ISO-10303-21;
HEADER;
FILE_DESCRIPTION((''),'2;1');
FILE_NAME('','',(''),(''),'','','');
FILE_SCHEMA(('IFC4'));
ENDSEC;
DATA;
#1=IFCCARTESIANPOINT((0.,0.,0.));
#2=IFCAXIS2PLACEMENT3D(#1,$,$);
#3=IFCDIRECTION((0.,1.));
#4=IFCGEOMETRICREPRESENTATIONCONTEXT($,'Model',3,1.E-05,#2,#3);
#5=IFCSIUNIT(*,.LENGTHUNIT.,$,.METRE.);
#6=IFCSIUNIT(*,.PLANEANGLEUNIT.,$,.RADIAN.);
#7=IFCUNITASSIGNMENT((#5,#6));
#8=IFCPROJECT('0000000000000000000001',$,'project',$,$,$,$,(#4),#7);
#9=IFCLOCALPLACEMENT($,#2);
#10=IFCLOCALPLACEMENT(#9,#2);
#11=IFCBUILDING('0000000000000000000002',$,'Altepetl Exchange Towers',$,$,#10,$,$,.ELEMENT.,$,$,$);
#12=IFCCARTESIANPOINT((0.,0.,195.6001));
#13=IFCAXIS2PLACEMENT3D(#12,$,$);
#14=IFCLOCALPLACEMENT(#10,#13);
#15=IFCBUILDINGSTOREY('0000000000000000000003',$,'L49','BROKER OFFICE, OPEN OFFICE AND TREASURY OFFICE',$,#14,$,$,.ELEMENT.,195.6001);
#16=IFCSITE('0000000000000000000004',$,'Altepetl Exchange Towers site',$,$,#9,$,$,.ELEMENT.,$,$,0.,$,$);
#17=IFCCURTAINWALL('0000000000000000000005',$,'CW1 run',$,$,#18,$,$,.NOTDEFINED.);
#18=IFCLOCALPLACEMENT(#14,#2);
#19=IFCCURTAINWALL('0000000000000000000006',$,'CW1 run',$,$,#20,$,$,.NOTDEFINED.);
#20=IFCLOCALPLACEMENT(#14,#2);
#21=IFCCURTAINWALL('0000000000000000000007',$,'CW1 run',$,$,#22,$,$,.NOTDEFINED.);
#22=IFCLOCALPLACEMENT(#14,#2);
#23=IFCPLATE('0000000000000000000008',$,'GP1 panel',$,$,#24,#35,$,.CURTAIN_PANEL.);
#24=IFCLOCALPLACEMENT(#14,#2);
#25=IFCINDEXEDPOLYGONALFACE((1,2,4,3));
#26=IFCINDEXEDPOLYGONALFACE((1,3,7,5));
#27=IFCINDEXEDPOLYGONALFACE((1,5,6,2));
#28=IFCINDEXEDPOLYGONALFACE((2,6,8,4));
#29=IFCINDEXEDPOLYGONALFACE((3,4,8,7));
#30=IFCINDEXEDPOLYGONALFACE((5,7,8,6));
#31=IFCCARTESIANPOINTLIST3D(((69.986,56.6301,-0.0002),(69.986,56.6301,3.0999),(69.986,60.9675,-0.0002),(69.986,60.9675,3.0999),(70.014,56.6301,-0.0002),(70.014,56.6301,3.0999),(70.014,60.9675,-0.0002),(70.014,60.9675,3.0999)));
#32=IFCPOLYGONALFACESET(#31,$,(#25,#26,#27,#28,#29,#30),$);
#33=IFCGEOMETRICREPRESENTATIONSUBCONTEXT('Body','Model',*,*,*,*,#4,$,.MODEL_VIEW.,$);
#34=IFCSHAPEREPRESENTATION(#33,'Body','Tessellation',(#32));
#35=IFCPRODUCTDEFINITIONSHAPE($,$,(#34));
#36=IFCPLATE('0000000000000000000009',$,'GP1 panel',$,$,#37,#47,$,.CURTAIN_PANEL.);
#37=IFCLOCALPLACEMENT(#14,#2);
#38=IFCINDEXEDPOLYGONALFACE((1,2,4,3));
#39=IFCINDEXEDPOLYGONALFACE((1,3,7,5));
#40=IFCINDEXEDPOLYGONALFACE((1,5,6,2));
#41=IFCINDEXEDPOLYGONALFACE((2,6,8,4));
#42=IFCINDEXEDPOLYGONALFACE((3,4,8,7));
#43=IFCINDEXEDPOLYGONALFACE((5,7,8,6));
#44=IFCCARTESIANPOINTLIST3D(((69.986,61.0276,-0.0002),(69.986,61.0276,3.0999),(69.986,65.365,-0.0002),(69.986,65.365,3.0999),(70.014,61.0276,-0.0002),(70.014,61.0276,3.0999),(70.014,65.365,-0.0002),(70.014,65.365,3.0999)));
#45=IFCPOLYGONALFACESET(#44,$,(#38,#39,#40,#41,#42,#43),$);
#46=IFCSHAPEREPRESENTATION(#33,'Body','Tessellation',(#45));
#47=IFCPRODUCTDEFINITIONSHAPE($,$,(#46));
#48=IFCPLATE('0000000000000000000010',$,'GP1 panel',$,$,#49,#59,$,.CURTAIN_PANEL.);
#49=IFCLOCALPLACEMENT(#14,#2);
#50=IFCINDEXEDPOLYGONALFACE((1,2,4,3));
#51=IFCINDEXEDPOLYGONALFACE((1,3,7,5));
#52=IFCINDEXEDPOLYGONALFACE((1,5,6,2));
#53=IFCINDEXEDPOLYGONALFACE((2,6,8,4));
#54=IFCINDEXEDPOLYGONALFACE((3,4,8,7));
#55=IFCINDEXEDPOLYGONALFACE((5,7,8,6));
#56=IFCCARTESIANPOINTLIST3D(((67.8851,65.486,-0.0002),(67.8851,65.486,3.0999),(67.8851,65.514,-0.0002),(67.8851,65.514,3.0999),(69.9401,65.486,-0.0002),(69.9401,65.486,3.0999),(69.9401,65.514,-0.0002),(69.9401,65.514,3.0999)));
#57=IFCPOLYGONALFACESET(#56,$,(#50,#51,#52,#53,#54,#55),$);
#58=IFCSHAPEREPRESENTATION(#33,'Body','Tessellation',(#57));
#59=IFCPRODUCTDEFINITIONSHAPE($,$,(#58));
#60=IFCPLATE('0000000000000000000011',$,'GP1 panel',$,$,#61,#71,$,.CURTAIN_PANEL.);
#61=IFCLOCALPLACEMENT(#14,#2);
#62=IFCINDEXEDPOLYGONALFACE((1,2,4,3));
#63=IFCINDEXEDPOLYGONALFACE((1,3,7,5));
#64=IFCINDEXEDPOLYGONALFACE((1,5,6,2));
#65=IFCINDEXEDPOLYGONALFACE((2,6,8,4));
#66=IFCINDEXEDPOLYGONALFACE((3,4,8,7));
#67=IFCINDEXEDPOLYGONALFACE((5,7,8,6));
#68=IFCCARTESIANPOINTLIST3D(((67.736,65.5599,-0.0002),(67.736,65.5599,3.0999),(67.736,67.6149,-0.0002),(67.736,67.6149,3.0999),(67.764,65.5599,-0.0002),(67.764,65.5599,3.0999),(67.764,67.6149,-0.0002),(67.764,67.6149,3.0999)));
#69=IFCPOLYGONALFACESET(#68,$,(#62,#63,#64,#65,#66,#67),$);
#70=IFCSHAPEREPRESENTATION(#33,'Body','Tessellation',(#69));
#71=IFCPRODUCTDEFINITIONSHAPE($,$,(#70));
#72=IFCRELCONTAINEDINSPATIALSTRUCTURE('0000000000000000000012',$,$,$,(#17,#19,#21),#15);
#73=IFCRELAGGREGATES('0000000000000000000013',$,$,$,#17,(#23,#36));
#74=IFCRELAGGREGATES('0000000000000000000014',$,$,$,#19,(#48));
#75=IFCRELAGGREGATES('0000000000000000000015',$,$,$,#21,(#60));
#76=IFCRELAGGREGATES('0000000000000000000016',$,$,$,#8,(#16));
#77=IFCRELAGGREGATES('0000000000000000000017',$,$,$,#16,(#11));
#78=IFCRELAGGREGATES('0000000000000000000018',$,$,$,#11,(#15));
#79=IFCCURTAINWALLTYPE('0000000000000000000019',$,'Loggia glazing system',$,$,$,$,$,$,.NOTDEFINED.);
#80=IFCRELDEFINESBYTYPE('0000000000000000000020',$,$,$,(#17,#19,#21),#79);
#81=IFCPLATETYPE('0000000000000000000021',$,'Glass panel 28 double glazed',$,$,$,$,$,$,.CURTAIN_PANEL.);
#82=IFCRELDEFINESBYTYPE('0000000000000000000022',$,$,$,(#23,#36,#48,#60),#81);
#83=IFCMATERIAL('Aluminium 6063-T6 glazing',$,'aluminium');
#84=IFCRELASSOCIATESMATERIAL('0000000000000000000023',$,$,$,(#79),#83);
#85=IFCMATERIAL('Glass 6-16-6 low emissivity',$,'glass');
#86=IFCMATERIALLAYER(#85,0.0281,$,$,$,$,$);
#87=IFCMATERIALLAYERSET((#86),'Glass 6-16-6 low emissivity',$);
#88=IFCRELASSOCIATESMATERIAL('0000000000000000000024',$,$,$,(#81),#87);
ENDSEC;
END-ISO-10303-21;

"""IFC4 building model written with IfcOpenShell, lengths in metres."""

from ifc_helpers import new_model, si_unit, direction, frame, origin, origin_2d, place, context, subcontext, project, spatial, rectangle, extrude, material, layer, layer_set, type_object, element, aggregate, save


model = new_model("IFC4")

# Units and contexts
model_context = context("Model", 3, precision=1e-05, world=origin(), true_north=direction((0.0, 1.0)))
body_context = subcontext(model_context, "Body", "Model", "MODEL_VIEW")
ifc_project = project(units=[si_unit("LENGTHUNIT", "METRE"), si_unit("PLANEANGLEUNIT", "RADIAN")], contexts=[model_context])

# Site, building, storey
site_placement = place(None, origin())
site = spatial("IfcSite", under=ifc_project, at=site_placement, Name="Altepetl Exchange Towers site", CompositionType="ELEMENT", RefElevation=0.0)
building_placement = place(site_placement, origin())
building = spatial("IfcBuilding", under=site, at=building_placement, Name="Altepetl Exchange Towers", CompositionType="ELEMENT")
storey_placement = place(building_placement, frame((0.0, 0.0, 195.6001)))
storey = spatial("IfcBuildingStorey", under=building, at=storey_placement, Name="L49", Description="BROKER OFFICE, OPEN OFFICE AND TREASURY OFFICE", CompositionType="ELEMENT", Elevation=195.6001)

# Curtain walls
ifc_material_1 = material(Name="Aluminium 6063-T6 glazing", Category="aluminium")
curtain_wall_type = type_object("IfcCurtainWallType", Name="Loggia glazing system", PredefinedType="NOTDEFINED", material=ifc_material_1)
curtain_wall_1_placement = place(storey_placement, origin())
curtain_wall_1 = element("IfcCurtainWall", 1, at=curtain_wall_1_placement, inside=storey, type_object=curtain_wall_type, Name="CW1 run", PredefinedType="NOTDEFINED")
curtain_wall_2_placement = place(storey_placement, origin())
curtain_wall_2 = element("IfcCurtainWall", 2, at=curtain_wall_2_placement, inside=storey, type_object=curtain_wall_type, Name="CW1 run", PredefinedType="NOTDEFINED")
curtain_wall_3_placement = place(storey_placement, origin())
curtain_wall_3 = element("IfcCurtainWall", 3, at=curtain_wall_3_placement, inside=storey, type_object=curtain_wall_type, Name="CW1 run", PredefinedType="NOTDEFINED")

# Plates
ifc_material_2 = material(Name="Glass 6-16-6 low emissivity", Category="glass")
ifc_layer = layer(ifc_material_2, 0.0281)
ifc_layer_set = layer_set([ifc_layer], Name="Glass 6-16-6 low emissivity")
plate_type = type_object("IfcPlateType", Name="Glass panel 28 double glazed", PredefinedType="CURTAIN_PANEL", material=ifc_layer_set)
plate_1_placement = place(storey_placement, frame((70.0, 58.7988, -0.0002), z_axis=(0.0, 0.0, 1.0), x_axis=(0.0, 1.0, 0.0)))
plate_1 = element("IfcPlate", 4, at=plate_1_placement, type_object=plate_type, Name="GP1 panel", PredefinedType="CURTAIN_PANEL", context=body_context, shape_type="SweptSolid", body=[
    extrude(rectangle(XDim=4.3374, YDim=0.0281, at=origin_2d()), origin(), (0.0, 0.0, 1.0), 3.1001),
])
plate_2_placement = place(storey_placement, frame((70.0, 63.1963, -0.0002), z_axis=(0.0, 0.0, 1.0), x_axis=(0.0, 1.0, 0.0)))
plate_2 = element("IfcPlate", 5, at=plate_2_placement, type_object=plate_type, Name="GP1 panel", PredefinedType="CURTAIN_PANEL", context=body_context, shape_type="SweptSolid", body=[
    extrude(rectangle(XDim=4.3374, YDim=0.0281, at=origin_2d()), origin(), (0.0, 0.0, 1.0), 3.1001),
])
aggregate(curtain_wall_1, [plate_1, plate_2])
plate_3_placement = place(storey_placement, frame((68.9126, 65.5, -0.0002), z_axis=(0.0, 0.0, 1.0), x_axis=(-1.0, 0.0, 0.0)))
plate_3 = element("IfcPlate", 6, at=plate_3_placement, type_object=plate_type, Name="GP1 panel", PredefinedType="CURTAIN_PANEL", context=body_context, shape_type="SweptSolid", body=[
    extrude(rectangle(XDim=2.0549, YDim=0.0281, at=origin_2d()), origin(), (0.0, 0.0, 1.0), 3.1001),
])
aggregate(curtain_wall_2, [plate_3])
plate_4_placement = place(storey_placement, frame((67.75, 66.5874, -0.0002), z_axis=(0.0, 0.0, 1.0), x_axis=(0.0, 1.0, 0.0)))
plate_4 = element("IfcPlate", 7, at=plate_4_placement, type_object=plate_type, Name="GP1 panel", PredefinedType="CURTAIN_PANEL", context=body_context, shape_type="SweptSolid", body=[
    extrude(rectangle(XDim=2.0549, YDim=0.0281, at=origin_2d()), origin(), (0.0, 0.0, 1.0), 3.1001),
])
aggregate(curtain_wall_3, [plate_4])

save(model, "model.ifc")
